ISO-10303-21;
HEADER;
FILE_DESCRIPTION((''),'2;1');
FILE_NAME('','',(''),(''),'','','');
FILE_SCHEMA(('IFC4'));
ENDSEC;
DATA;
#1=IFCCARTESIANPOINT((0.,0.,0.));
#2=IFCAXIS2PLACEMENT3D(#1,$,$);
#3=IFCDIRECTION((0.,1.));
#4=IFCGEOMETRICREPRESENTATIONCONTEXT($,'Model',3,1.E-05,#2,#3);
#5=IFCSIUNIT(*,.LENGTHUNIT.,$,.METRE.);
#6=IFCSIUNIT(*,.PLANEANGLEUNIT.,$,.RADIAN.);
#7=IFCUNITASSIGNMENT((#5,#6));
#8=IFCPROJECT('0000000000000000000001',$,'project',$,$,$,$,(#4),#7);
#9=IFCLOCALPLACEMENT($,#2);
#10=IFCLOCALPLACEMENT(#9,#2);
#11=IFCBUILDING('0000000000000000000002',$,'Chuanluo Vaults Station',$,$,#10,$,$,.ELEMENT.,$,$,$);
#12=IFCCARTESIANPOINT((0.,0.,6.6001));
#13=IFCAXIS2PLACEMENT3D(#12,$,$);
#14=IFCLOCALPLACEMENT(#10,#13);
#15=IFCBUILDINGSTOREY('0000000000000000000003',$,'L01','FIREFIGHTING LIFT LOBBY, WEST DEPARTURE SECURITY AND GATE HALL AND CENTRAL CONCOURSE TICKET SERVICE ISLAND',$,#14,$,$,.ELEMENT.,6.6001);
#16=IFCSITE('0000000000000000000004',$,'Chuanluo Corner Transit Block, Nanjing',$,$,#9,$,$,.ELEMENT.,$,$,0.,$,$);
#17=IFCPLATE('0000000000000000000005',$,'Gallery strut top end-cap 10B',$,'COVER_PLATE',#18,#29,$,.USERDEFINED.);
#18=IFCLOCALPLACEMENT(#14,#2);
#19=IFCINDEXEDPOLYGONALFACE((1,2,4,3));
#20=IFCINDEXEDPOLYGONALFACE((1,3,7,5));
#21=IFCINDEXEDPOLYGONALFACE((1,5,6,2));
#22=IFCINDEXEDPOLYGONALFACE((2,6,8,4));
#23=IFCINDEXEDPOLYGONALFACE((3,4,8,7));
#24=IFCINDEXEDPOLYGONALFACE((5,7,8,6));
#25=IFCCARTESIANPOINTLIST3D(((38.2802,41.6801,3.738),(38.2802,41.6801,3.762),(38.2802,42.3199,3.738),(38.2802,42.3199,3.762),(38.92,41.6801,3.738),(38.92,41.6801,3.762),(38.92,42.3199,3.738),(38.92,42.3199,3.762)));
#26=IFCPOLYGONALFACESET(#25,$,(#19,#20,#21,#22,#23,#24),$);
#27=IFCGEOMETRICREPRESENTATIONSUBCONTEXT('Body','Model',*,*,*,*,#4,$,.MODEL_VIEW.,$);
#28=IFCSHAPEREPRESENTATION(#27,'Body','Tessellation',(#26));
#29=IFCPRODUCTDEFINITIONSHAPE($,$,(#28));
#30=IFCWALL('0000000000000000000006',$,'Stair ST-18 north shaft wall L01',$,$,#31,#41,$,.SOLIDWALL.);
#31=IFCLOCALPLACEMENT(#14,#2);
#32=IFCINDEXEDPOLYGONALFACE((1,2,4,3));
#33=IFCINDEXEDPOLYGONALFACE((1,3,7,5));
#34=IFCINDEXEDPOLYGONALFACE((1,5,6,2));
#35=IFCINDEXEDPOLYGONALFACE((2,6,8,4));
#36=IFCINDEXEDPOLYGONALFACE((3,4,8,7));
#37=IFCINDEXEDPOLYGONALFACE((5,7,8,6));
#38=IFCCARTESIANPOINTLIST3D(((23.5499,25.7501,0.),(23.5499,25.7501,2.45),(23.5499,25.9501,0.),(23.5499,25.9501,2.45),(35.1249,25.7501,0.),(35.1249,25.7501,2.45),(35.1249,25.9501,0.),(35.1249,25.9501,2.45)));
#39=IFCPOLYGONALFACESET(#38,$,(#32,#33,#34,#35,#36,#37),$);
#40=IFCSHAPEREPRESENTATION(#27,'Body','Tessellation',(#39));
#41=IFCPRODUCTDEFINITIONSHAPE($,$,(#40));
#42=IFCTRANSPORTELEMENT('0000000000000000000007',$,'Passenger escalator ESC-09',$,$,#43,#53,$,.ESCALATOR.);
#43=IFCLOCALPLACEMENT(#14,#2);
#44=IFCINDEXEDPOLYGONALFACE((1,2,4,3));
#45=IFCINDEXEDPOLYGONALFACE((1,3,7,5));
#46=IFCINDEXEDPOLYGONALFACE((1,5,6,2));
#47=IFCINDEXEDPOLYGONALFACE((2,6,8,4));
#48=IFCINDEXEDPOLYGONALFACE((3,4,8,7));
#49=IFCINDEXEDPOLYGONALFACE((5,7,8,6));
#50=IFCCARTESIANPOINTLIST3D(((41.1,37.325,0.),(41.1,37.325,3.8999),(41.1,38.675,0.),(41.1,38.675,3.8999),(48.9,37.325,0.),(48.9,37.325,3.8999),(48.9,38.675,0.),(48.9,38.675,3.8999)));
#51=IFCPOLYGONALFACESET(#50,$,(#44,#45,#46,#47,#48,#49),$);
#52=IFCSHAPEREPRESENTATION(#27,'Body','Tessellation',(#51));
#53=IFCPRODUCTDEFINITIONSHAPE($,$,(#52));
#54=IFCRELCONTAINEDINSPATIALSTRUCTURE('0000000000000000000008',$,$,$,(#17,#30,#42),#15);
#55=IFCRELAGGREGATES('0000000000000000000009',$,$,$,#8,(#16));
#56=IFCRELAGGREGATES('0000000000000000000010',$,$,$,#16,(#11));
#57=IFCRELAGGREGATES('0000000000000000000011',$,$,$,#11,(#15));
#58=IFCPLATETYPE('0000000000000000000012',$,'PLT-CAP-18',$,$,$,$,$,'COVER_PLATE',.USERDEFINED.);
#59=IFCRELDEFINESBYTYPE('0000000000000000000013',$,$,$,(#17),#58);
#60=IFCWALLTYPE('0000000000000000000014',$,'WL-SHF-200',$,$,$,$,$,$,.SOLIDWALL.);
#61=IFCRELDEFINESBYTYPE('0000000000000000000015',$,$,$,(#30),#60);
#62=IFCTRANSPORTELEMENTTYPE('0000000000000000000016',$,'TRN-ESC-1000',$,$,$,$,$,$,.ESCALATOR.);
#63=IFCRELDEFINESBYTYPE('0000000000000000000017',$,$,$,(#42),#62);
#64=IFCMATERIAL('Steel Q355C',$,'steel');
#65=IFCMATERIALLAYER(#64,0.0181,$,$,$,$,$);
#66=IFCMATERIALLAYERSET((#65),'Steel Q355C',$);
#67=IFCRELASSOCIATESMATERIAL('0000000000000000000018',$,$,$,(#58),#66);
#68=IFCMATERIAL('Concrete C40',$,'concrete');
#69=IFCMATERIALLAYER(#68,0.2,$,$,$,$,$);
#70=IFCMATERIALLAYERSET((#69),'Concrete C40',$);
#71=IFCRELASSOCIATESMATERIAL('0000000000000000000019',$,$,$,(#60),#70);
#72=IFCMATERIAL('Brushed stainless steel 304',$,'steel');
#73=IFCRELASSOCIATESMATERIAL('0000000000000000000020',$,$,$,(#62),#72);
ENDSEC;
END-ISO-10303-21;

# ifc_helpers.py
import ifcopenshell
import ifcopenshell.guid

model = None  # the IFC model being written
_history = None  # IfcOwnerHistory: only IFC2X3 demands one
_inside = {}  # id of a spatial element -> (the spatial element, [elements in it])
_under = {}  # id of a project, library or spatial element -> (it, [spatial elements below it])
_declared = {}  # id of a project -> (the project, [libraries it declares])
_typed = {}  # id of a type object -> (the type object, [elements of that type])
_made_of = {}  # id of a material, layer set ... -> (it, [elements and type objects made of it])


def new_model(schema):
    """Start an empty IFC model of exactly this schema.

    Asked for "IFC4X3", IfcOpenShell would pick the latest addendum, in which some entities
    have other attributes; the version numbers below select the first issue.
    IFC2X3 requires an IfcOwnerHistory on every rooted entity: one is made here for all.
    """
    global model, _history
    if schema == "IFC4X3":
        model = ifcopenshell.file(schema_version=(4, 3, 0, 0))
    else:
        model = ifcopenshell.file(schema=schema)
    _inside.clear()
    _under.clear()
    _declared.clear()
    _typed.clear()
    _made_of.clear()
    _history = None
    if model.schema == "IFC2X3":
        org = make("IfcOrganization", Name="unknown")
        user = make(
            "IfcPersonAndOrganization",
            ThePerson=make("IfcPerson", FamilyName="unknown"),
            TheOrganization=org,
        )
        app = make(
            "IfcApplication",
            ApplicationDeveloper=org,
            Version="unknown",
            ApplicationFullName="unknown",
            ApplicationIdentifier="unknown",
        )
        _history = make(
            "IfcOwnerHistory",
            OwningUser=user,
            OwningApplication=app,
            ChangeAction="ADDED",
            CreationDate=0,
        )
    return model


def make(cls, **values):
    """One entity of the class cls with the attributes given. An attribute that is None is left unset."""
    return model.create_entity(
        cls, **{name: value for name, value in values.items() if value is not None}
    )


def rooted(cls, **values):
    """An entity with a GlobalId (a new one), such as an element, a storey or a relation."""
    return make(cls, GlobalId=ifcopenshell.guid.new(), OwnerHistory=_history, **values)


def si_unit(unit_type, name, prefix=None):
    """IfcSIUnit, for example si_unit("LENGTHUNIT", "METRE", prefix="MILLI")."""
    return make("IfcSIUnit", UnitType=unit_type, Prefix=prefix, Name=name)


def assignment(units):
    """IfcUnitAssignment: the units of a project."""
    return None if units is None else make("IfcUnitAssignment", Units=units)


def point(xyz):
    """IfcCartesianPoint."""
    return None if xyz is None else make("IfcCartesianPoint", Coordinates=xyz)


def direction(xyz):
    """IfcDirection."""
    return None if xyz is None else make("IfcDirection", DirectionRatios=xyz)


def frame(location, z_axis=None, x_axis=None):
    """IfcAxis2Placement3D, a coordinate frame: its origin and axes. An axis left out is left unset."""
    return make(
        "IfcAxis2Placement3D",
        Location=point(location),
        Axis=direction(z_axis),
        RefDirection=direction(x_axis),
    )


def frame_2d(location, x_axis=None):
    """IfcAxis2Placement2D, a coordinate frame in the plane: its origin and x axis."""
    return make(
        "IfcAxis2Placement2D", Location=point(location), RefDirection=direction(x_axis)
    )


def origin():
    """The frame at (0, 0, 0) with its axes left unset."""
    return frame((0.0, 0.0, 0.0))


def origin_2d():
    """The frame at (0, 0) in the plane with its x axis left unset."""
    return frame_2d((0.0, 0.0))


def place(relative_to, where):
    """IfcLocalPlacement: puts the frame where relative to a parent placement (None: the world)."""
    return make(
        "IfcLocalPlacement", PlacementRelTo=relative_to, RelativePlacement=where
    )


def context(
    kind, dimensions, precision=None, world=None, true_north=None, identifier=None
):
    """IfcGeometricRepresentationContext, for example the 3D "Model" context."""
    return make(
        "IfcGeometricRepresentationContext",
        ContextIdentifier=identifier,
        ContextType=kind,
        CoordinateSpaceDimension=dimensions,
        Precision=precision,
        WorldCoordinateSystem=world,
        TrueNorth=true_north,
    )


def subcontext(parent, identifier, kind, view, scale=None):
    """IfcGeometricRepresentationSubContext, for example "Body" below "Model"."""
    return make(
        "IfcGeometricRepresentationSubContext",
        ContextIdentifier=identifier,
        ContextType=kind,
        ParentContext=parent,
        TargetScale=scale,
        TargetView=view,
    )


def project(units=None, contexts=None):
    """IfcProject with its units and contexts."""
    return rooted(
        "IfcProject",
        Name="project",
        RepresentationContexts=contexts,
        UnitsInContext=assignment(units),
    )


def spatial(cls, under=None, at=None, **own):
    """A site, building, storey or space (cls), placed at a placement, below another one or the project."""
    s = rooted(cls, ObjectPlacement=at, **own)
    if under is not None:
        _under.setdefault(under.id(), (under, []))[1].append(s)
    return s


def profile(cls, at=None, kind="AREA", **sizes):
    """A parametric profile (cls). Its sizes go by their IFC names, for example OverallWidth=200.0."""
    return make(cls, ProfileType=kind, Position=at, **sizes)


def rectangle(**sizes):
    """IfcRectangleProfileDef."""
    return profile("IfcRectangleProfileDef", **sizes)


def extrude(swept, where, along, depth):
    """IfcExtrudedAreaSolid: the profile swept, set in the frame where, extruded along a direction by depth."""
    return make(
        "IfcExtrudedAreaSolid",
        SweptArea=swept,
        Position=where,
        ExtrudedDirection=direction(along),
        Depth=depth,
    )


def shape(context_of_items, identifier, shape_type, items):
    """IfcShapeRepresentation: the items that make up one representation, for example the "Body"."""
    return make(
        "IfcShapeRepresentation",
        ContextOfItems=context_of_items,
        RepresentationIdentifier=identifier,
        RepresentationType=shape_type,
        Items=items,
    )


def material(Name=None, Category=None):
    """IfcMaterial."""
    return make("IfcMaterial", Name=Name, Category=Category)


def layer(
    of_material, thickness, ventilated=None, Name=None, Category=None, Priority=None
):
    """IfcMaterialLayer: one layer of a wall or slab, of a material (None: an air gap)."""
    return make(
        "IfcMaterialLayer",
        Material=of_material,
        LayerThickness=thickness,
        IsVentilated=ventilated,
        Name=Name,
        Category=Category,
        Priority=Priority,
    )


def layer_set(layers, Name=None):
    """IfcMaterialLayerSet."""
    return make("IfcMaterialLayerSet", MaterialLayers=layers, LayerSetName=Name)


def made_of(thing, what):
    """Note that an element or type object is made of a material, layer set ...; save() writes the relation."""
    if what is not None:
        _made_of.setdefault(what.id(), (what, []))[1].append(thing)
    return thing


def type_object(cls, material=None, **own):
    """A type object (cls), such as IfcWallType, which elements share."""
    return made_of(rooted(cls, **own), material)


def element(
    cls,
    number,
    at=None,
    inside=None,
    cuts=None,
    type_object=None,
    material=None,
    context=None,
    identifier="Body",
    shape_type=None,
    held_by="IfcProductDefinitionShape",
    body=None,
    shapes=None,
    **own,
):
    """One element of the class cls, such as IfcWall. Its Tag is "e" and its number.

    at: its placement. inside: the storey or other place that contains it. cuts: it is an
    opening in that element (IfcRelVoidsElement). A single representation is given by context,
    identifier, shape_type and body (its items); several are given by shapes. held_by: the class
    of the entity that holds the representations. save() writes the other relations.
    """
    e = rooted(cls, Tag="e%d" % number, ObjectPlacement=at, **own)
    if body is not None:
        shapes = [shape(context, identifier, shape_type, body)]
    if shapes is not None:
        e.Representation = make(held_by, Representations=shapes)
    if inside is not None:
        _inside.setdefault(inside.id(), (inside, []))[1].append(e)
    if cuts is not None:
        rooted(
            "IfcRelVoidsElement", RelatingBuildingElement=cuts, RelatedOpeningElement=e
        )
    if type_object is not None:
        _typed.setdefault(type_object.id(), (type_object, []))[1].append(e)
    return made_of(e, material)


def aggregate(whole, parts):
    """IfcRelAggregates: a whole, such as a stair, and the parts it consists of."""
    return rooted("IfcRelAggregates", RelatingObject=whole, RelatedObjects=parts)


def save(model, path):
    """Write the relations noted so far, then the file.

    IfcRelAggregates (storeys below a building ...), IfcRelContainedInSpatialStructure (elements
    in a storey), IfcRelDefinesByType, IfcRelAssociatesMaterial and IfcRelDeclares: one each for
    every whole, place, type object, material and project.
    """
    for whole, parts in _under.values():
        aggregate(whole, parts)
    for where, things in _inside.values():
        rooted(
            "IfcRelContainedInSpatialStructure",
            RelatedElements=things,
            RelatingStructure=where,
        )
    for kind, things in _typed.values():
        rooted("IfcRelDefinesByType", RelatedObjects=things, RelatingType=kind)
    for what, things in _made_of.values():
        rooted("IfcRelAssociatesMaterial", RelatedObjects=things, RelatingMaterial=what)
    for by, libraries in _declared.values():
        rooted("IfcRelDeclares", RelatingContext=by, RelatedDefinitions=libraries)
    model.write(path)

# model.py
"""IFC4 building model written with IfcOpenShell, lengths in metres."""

from ifc_helpers import new_model, si_unit, direction, frame, frame_2d, origin, origin_2d, place, context, subcontext, project, spatial, rectangle, extrude, material, layer, layer_set, type_object, element, save


model = new_model("IFC4")

# Units and contexts
model_context = context("Model", 3, precision=1e-05, world=origin(), true_north=direction((0.0, 1.0)))
body_context = subcontext(model_context, "Body", "Model", "MODEL_VIEW")
ifc_project = project(units=[si_unit("LENGTHUNIT", "METRE"), si_unit("PLANEANGLEUNIT", "RADIAN")], contexts=[model_context])

# Site, building, storey
site_placement = place(None, origin())
site = spatial("IfcSite", under=ifc_project, at=site_placement, Name="Chuanluo Corner Transit Block, Nanjing", CompositionType="ELEMENT", RefElevation=0.0)
building_placement = place(site_placement, origin())
building = spatial("IfcBuilding", under=site, at=building_placement, Name="Chuanluo Vaults Station", CompositionType="ELEMENT")
storey_placement = place(building_placement, frame((0.0, 0.0, 6.6001)))
storey = spatial("IfcBuildingStorey", under=building, at=storey_placement, Name="L01", Description="FIREFIGHTING LIFT LOBBY, WEST DEPARTURE SECURITY AND GATE HALL AND CENTRAL CONCOURSE TICKET SERVICE ISLAND", CompositionType="ELEMENT", Elevation=6.6001)

# Plate
ifc_material_1 = material(Name="Steel Q355C", Category="steel")
ifc_layer_1 = layer(ifc_material_1, 0.0181)
ifc_layer_set_1 = layer_set([ifc_layer_1], Name="Steel Q355C")
plate_type = type_object("IfcPlateType", Name="PLT-CAP-18", ElementType="COVER_PLATE", PredefinedType="USERDEFINED", material=ifc_layer_set_1)
for number, where, z_axis, x_axis, name in (
    (1, (38.6001, 42.0, 3.738), (0.0, 0.0, 1.0), (1.0, 0.0, 0.0), "Gallery strut top end-cap 10B"),
):
    element("IfcPlate", number, at=place(storey_placement, frame(where, z_axis=z_axis, x_axis=x_axis)), inside=storey, type_object=plate_type, Name=name, ObjectType="COVER_PLATE", PredefinedType="USERDEFINED", context=body_context, shape_type="SweptSolid", body=[
        extrude(rectangle(XDim=0.6399, YDim=0.6399, at=origin_2d()), origin(), (0.0, 0.0, 1.0), 0.0239),
    ])

# Wall
ifc_material_2 = material(Name="Concrete C40", Category="concrete")
ifc_layer_2 = layer(ifc_material_2, 0.2)
ifc_layer_set_2 = layer_set([ifc_layer_2], Name="Concrete C40")
wall_type = type_object("IfcWallType", Name="WL-SHF-200", PredefinedType="SOLIDWALL", material=ifc_layer_set_2)
wall_placement = place(storey_placement, frame((35.125, 25.8501, 0.0), z_axis=(0.0, 0.0, 1.0), x_axis=(-1.0, 0.0, 0.0)))
element("IfcWall", 2, at=wall_placement, inside=storey, type_object=wall_type, Name="Stair ST-18 north shaft wall L01", PredefinedType="SOLIDWALL", context=body_context, shape_type="SweptSolid", body=[
    extrude(rectangle(XDim=11.575, YDim=0.2, at=frame_2d((5.7876, 0.0))), origin(), (0.0, 0.0, 1.0), 2.45),
])

# Transport element
ifc_material_3 = material(Name="Brushed stainless steel 304", Category="steel")
transport_element_type = type_object("IfcTransportElementType", Name="TRN-ESC-1000", PredefinedType="ESCALATOR", material=ifc_material_3)
transport_element_placement = place(storey_placement, frame((45.0, 38.0, 0.0), z_axis=(0.0, 0.0, 1.0), x_axis=(1.0, 0.0, 0.0)))
element("IfcTransportElement", 3, at=transport_element_placement, inside=storey, type_object=transport_element_type, Name="Passenger escalator ESC-09", PredefinedType="ESCALATOR", context=body_context, shape_type="SweptSolid", body=[
    extrude(rectangle(XDim=7.8, YDim=1.3501, at=origin_2d()), origin(), (0.0, 0.0, 1.0), 3.8999),
])

save(model, "model.ifc")
